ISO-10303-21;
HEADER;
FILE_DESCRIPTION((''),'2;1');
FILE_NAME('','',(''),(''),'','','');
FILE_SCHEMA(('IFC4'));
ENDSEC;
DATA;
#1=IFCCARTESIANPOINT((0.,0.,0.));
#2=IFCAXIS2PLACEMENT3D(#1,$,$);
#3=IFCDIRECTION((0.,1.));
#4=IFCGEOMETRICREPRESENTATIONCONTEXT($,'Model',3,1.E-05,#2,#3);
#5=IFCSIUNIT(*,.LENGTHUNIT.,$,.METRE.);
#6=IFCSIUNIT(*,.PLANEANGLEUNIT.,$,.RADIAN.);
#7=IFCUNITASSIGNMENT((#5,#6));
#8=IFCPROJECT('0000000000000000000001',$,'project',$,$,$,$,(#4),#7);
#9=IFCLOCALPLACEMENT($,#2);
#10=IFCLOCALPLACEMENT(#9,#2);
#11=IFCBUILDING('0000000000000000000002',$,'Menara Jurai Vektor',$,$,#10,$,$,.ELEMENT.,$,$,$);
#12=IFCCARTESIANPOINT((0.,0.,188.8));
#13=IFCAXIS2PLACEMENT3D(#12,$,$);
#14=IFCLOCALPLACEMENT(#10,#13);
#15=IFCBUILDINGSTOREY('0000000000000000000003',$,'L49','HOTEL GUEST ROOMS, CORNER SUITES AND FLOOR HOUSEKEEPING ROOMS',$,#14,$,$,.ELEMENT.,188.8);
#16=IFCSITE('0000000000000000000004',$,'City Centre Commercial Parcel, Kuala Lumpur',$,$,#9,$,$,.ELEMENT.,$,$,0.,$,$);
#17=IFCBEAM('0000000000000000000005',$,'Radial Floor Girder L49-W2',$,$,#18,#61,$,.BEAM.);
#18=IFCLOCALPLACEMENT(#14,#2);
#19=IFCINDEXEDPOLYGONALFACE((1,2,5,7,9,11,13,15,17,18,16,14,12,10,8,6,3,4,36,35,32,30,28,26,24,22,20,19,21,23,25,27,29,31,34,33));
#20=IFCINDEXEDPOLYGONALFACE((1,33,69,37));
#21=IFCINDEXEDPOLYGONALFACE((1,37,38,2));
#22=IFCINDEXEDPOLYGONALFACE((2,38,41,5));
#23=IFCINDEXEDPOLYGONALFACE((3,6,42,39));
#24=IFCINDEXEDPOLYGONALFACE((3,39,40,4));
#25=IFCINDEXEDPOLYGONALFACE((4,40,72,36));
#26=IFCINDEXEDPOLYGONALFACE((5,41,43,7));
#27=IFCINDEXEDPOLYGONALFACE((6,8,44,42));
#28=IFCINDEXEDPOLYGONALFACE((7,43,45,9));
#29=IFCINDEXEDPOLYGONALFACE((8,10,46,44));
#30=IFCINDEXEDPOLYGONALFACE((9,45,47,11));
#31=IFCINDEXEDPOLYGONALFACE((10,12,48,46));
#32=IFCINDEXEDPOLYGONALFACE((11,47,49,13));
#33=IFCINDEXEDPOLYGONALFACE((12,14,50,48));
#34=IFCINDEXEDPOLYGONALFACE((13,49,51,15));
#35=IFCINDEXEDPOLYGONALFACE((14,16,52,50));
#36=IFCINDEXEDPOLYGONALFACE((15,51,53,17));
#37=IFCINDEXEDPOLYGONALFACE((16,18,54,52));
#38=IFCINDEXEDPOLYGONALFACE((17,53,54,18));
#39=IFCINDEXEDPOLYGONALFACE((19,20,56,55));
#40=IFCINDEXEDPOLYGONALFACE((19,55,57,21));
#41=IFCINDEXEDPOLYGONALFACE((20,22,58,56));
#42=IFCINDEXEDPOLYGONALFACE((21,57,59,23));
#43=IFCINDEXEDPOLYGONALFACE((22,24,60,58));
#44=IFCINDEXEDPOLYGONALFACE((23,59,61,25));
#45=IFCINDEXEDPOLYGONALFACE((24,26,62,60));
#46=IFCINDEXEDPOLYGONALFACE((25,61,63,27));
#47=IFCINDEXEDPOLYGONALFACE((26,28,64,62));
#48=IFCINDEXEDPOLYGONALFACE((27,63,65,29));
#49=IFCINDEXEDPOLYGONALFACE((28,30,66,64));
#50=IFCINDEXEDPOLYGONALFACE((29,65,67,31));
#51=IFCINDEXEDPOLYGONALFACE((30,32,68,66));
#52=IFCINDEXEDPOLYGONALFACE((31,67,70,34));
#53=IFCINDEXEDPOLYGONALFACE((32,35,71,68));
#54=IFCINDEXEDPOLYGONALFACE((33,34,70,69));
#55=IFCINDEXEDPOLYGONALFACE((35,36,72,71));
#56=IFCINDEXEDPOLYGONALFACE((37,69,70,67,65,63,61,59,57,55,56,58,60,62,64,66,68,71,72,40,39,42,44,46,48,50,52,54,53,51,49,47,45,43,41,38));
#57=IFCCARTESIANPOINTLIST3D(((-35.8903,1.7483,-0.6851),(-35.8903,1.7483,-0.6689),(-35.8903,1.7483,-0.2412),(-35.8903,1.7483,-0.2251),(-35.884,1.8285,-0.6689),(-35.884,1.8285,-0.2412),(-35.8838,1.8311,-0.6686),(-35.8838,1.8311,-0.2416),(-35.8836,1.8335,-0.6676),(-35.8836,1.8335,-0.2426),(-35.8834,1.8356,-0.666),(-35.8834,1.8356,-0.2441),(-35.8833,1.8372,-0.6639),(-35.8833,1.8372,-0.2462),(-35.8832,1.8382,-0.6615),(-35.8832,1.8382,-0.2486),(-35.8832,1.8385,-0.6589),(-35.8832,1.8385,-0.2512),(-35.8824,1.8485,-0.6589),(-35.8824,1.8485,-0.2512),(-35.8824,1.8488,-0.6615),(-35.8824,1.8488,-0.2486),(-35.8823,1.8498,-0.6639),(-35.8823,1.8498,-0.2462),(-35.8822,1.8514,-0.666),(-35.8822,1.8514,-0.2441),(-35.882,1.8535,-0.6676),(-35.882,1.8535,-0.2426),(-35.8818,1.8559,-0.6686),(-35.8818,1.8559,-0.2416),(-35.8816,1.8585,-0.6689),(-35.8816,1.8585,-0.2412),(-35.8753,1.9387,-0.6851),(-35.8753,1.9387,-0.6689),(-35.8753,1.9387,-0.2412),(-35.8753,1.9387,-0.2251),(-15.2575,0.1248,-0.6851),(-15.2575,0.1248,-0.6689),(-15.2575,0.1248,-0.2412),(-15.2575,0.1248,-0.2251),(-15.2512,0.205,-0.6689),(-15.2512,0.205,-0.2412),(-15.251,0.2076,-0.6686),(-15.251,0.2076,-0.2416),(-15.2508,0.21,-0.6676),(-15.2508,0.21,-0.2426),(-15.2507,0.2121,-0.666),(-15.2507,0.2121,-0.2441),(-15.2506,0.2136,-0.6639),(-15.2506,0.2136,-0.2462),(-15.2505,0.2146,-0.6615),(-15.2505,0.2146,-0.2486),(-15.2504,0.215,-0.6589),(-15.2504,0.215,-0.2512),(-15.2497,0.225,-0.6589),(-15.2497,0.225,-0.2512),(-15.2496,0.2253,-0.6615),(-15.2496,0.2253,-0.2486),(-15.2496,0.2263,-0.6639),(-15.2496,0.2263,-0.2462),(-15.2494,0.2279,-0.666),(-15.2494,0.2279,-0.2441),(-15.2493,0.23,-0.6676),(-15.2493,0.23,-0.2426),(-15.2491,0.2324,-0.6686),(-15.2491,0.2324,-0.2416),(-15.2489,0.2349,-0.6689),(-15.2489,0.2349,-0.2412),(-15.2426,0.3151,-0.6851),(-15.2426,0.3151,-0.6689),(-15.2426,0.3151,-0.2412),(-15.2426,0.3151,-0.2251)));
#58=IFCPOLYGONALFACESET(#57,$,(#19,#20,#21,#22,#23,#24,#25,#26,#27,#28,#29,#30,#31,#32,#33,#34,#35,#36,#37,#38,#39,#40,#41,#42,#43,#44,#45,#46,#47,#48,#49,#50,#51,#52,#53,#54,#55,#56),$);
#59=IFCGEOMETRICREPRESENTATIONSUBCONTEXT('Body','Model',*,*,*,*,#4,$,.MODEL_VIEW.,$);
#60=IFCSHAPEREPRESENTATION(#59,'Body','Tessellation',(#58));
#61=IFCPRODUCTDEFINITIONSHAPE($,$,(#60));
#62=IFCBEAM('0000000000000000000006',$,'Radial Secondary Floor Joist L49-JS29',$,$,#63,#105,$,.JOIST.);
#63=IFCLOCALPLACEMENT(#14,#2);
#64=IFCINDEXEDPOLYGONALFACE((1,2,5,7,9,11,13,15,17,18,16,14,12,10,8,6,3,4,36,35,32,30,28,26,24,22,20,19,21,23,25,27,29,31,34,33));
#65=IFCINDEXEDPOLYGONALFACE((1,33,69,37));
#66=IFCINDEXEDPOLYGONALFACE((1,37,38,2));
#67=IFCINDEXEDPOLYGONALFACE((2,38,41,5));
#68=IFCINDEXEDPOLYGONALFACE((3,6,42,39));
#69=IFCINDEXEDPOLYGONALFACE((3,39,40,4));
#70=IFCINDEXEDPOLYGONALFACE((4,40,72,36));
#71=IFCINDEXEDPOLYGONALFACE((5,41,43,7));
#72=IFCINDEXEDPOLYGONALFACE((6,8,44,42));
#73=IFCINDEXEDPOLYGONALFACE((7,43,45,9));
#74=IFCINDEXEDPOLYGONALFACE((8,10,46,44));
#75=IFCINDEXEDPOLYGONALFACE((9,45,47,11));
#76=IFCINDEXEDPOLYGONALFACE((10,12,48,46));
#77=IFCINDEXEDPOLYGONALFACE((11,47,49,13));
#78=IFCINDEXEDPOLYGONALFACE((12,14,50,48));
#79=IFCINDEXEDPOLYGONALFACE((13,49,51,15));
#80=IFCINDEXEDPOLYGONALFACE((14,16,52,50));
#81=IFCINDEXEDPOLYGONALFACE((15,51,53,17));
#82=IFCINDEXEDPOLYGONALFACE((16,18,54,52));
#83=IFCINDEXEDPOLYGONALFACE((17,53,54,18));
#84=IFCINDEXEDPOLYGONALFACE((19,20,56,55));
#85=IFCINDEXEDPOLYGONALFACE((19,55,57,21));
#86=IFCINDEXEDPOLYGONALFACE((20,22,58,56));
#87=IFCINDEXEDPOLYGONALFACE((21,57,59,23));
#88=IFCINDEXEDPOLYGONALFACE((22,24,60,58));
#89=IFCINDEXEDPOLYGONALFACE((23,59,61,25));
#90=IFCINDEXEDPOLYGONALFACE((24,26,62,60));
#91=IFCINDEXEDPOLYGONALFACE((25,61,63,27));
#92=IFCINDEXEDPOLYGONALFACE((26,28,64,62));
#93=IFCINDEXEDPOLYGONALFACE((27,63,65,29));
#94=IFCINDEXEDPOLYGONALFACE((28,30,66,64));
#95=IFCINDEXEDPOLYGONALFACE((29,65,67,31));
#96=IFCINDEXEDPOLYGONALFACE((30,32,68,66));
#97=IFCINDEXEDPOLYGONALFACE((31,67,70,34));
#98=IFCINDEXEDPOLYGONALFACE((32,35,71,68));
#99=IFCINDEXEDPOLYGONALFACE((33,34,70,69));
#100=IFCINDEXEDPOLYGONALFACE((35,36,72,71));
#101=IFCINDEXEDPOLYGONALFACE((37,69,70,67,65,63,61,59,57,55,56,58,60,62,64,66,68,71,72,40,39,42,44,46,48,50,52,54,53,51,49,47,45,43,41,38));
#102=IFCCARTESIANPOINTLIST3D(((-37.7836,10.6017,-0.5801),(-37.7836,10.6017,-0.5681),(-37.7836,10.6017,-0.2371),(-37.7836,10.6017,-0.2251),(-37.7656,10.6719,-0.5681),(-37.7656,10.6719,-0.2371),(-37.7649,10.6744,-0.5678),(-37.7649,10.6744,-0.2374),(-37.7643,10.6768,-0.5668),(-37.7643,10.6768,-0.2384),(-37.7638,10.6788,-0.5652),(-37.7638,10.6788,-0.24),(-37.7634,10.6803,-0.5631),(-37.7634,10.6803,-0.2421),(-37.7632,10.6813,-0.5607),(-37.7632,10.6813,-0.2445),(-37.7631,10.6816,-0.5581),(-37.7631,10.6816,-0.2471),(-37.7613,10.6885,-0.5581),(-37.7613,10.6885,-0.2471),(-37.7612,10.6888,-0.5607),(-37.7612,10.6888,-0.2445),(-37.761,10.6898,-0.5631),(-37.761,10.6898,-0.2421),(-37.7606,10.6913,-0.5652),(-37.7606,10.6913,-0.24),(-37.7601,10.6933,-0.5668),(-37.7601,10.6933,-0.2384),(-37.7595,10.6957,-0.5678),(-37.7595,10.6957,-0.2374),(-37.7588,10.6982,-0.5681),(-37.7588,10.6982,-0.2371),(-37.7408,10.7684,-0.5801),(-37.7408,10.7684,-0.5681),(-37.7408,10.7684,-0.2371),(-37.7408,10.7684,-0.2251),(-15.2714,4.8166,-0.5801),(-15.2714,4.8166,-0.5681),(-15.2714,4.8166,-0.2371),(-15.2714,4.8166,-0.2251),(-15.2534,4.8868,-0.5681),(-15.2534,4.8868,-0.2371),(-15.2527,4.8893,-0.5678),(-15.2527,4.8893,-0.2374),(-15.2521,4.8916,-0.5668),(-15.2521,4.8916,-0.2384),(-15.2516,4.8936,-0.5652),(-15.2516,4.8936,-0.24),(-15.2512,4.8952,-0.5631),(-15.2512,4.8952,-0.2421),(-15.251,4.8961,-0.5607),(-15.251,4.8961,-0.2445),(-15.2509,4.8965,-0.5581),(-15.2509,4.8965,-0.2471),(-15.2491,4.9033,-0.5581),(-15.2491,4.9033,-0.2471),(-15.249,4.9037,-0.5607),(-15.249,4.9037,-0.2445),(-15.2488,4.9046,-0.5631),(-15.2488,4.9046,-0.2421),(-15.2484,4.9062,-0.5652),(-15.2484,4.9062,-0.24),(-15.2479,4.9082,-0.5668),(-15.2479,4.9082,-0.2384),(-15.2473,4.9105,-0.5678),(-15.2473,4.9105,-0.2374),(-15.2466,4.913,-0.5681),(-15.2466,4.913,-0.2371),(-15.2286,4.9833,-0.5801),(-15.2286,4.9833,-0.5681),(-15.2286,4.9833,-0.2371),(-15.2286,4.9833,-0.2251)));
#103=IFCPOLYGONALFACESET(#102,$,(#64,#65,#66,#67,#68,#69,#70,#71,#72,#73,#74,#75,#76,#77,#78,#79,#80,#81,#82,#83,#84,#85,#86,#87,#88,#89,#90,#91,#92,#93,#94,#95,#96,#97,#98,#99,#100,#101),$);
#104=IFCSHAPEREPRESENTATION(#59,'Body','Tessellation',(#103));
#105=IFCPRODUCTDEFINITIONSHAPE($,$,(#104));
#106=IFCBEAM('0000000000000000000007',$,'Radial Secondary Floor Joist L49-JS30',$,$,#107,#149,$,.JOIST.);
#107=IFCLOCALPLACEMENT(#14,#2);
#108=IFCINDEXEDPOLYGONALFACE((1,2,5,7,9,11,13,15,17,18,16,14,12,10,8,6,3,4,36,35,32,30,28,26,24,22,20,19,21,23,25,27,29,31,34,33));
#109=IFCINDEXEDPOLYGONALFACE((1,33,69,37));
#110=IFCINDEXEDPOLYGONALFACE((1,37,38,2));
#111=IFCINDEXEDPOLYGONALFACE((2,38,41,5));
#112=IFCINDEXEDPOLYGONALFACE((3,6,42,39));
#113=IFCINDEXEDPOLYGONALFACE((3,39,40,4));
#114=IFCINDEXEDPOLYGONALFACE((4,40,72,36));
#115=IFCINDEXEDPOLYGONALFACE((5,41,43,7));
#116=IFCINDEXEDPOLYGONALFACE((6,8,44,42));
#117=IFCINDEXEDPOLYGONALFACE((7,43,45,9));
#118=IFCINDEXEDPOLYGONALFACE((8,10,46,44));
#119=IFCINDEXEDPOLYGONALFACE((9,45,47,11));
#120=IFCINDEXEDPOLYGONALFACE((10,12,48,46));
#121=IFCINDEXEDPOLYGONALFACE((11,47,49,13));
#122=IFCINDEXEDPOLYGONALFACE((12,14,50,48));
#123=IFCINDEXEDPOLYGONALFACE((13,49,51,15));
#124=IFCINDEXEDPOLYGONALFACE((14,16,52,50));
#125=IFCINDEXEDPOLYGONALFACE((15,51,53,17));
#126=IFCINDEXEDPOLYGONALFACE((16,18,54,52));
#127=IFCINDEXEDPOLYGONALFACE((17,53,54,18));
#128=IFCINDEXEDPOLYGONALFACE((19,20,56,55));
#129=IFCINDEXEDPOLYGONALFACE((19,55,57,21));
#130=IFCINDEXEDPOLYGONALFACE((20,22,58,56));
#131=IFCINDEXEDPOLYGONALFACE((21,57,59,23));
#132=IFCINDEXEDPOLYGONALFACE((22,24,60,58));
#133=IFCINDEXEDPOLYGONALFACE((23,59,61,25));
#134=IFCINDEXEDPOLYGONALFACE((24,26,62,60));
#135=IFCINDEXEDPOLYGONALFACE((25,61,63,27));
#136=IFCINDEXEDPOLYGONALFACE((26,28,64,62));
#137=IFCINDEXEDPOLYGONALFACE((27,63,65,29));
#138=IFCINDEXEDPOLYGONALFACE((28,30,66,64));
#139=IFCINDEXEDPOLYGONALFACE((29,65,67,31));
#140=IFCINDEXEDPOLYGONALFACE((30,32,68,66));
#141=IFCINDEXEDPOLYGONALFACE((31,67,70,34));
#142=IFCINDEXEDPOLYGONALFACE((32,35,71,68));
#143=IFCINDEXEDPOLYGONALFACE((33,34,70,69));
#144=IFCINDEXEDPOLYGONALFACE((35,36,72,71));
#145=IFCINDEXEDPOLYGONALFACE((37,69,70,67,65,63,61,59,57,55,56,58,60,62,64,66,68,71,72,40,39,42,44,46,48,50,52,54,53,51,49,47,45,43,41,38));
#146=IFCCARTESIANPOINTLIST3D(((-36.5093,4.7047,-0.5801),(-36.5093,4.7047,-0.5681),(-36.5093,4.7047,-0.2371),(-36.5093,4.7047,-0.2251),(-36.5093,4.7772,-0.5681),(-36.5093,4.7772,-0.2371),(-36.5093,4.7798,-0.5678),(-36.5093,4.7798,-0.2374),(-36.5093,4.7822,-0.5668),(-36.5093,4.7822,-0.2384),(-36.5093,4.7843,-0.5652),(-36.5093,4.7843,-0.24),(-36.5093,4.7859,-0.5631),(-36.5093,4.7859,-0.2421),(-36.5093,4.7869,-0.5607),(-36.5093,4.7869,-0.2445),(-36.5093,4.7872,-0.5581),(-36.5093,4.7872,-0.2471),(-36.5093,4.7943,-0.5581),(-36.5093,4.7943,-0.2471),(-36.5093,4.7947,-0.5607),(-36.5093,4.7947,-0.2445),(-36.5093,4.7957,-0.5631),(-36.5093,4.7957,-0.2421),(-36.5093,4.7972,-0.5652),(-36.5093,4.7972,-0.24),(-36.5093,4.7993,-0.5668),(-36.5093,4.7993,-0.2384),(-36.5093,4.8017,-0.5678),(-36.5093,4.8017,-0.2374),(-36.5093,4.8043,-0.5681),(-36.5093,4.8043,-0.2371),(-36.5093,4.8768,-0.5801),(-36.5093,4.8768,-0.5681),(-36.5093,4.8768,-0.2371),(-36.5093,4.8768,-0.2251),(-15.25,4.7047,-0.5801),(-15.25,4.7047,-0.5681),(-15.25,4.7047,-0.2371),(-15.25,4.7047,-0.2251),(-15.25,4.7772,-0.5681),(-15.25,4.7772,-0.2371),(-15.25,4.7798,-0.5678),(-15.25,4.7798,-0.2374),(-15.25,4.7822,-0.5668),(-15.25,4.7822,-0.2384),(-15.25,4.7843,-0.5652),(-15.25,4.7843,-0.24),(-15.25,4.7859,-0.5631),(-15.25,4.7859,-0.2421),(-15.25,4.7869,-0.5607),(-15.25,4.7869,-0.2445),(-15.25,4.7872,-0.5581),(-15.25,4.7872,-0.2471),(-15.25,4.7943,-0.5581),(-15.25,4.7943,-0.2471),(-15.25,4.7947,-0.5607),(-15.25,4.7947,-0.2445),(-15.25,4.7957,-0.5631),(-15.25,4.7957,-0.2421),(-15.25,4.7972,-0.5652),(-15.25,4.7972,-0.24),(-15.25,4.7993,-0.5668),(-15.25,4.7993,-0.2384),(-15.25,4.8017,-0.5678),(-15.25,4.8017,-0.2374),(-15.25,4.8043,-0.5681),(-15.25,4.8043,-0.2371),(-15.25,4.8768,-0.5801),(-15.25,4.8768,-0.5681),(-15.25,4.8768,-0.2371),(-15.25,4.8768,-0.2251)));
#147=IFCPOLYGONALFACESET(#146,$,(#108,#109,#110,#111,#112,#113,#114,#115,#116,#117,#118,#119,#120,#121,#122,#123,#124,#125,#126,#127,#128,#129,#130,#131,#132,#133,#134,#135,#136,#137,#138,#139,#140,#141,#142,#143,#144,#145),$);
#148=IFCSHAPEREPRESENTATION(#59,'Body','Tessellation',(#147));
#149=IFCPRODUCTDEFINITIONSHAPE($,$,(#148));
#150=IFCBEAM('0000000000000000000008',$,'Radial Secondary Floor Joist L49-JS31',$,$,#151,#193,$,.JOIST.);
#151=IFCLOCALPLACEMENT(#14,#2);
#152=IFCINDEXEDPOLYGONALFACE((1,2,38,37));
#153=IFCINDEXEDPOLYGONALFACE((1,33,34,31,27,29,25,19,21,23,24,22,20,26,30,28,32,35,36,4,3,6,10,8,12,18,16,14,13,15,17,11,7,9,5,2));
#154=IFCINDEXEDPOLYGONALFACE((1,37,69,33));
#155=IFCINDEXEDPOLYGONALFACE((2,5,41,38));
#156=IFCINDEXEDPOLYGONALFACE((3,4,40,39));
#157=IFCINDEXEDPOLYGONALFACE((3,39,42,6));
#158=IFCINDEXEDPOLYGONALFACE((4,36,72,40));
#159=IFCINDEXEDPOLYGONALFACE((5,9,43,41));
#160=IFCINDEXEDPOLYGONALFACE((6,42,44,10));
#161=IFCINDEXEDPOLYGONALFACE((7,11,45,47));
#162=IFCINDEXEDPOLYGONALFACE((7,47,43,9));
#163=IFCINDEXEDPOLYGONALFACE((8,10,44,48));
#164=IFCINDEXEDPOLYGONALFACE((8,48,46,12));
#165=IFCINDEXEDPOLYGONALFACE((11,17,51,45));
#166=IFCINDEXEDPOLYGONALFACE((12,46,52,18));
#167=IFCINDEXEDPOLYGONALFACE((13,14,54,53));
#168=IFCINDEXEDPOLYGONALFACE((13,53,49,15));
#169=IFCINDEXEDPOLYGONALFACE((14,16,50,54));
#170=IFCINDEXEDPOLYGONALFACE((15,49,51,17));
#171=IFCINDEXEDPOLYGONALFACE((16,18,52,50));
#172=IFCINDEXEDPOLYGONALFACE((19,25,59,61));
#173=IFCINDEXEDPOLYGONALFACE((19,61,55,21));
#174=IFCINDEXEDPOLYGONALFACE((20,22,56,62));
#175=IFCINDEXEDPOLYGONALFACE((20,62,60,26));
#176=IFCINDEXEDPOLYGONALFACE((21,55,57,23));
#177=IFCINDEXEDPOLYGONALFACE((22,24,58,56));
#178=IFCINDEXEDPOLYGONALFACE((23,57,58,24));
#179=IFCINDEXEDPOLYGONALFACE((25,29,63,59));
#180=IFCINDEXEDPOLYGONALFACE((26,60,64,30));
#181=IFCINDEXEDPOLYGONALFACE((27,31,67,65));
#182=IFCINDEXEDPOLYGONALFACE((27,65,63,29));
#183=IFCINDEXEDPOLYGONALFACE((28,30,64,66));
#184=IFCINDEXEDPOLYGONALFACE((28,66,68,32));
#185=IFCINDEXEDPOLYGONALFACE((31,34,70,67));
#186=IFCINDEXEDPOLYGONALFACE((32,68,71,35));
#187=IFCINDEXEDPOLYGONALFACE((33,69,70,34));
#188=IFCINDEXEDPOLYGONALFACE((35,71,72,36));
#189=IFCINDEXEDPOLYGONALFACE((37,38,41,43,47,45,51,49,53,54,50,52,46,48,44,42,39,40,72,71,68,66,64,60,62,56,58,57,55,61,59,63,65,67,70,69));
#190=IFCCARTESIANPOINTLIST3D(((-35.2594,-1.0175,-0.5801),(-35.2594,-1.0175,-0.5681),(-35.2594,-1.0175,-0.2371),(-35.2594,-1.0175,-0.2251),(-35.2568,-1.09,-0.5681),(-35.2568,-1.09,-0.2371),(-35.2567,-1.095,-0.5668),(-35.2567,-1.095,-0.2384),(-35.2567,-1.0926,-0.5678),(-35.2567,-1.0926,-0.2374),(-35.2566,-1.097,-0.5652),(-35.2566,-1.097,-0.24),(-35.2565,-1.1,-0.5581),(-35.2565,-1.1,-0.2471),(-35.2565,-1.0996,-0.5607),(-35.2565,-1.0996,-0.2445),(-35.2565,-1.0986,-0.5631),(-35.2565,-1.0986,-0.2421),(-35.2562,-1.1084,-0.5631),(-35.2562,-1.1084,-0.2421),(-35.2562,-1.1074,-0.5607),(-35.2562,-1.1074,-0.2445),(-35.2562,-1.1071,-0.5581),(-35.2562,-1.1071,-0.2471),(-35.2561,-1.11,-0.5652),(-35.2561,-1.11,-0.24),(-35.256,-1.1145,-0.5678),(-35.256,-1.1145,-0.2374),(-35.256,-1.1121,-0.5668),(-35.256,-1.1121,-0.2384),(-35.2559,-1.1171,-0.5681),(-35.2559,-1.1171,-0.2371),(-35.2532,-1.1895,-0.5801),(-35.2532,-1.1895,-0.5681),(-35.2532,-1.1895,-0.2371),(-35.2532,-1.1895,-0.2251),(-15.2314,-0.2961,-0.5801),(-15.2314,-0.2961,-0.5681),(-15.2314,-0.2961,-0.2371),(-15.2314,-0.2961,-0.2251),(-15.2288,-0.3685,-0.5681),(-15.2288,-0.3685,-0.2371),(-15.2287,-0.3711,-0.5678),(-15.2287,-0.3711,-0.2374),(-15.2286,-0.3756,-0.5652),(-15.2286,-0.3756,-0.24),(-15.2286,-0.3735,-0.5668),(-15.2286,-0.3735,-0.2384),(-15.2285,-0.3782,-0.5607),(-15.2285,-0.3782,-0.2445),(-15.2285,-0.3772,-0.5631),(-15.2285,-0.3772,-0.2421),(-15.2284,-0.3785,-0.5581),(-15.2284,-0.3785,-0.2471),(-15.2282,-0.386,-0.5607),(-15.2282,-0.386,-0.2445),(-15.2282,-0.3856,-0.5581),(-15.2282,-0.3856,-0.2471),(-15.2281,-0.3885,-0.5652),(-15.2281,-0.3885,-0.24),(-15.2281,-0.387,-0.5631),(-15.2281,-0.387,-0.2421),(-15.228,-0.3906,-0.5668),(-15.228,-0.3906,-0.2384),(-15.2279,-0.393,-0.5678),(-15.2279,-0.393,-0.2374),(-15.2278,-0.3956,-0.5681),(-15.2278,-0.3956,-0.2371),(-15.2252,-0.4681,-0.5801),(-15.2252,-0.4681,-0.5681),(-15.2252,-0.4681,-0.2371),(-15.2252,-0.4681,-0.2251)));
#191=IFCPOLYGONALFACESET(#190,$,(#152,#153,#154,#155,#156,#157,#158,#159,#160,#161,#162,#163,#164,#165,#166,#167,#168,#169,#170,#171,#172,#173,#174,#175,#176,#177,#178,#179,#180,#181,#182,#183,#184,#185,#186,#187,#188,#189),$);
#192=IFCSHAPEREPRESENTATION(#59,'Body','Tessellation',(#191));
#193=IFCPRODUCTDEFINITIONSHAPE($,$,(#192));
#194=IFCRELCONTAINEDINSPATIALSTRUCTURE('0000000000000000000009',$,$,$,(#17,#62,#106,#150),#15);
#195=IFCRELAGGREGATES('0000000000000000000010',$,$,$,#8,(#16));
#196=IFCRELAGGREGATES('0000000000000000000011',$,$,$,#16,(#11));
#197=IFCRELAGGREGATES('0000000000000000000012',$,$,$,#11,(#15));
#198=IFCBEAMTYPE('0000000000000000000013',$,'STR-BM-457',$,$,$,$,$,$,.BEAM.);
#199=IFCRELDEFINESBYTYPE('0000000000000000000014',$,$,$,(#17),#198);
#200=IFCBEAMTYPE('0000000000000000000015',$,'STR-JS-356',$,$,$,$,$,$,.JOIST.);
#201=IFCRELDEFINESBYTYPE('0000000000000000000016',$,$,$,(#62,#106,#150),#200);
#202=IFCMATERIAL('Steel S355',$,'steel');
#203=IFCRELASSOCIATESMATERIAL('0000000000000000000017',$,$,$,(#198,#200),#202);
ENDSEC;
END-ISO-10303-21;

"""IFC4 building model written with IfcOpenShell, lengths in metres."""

from ifc_helpers import new_model, si_unit, direction, frame, origin, origin_2d, place, context, subcontext, project, spatial, i_section, extrude, material, material_profile, profile_set, type_object, element, save


model = new_model("IFC4")

# Units and contexts
model_context = context("Model", 3, precision=1e-05, world=origin(), true_north=direction((0.0, 1.0)))
body_context = subcontext(model_context, "Body", "Model", "MODEL_VIEW")
ifc_project = project(units=[si_unit("LENGTHUNIT", "METRE"), si_unit("PLANEANGLEUNIT", "RADIAN")], contexts=[model_context])

# Site, building, storey
site_placement = place(None, origin())
site = spatial("IfcSite", under=ifc_project, at=site_placement, Name="City Centre Commercial Parcel, Kuala Lumpur", CompositionType="ELEMENT", RefElevation=0.0)
building_placement = place(site_placement, origin())
building = spatial("IfcBuilding", under=site, at=building_placement, Name="Menara Jurai Vektor", CompositionType="ELEMENT")
storey_placement = place(building_placement, frame((0.0, 0.0, 188.8)))
storey = spatial("IfcBuildingStorey", under=building, at=storey_placement, Name="L49", Description="HOTEL GUEST ROOMS, CORNER SUITES AND FLOOR HOUSEKEEPING ROOMS", CompositionType="ELEMENT", Elevation=188.8)

# Beams
ifc_material_1 = material(Name="Steel S355", Category="steel")
ifc_material_profile_1 = material_profile(ifc_material_1, i_section(OverallWidth=0.1909, OverallDepth=0.46, WebThickness=0.01, FlangeThickness=0.0161, FilletRadius=0.01, at=origin_2d()), Name="UKB 457x191x82")
ifc_profile_set_1 = profile_set([ifc_material_profile_1], Name="Steel S355")
beam_type_1 = type_object("IfcBeamType", Name="STR-BM-457", PredefinedType="BEAM", material=ifc_profile_set_1)
beam_1_placement = place(storey_placement, frame((-35.8828, 1.8435, -0.4551), z_axis=(0.996918, -0.078445, 0.0), x_axis=(0.078445, 0.996918, 0.0)))
element("IfcBeam", 1, at=beam_1_placement, inside=storey, type_object=beam_type_1, Name="Radial Floor Girder L49-W2", PredefinedType="BEAM", context=body_context, shape_type="SweptSolid", body=[
    extrude(i_section(OverallWidth=0.1909, OverallDepth=0.46, WebThickness=0.01, FlangeThickness=0.0161, FilletRadius=0.01, at=origin_2d()), origin(), (0.0, 0.0, 1.0), 20.6965),
])
ifc_material_profile_2 = material_profile(ifc_material_1, i_section(OverallWidth=0.1721, OverallDepth=0.355, WebThickness=0.0071, FlangeThickness=0.012, FilletRadius=0.01, at=origin_2d()), Name="UKB 356x171x51")
ifc_profile_set_2 = profile_set([ifc_material_profile_2], Name="Steel S355")
beam_type_2 = type_object("IfcBeamType", Name="STR-JS-356", PredefinedType="JOIST", material=ifc_profile_set_2)
beam_2_placement = place(storey_placement, frame((-37.7622, 10.6851, -0.4026), z_axis=(0.968531, -0.248892, 0.0), x_axis=(0.248892, 0.968531, 0.0)))
element("IfcBeam", 2, at=beam_2_placement, inside=storey, type_object=beam_type_2, Name="Radial Secondary Floor Joist L49-JS29", PredefinedType="JOIST", context=body_context, shape_type="SweptSolid", body=[
    extrude(i_section(OverallWidth=0.1721, OverallDepth=0.355, WebThickness=0.0071, FlangeThickness=0.012, FilletRadius=0.01, at=origin_2d()), origin(), (0.0, 0.0, 1.0), 23.2437),
])
beam_3_placement = place(storey_placement, frame((-36.5093, 4.7908, -0.4026), z_axis=(1.0, 0.0, 0.0), x_axis=(0.0, 1.0, 0.0)))
element("IfcBeam", 3, at=beam_3_placement, inside=storey, type_object=beam_type_2, Name="Radial Secondary Floor Joist L49-JS30", PredefinedType="JOIST", context=body_context, shape_type="SweptSolid", body=[
    extrude(i_section(OverallWidth=0.1721, OverallDepth=0.355, WebThickness=0.0071, FlangeThickness=0.012, FilletRadius=0.01, at=origin_2d()), origin(), (0.0, 0.0, 1.0), 21.2593),
])
beam_4_placement = place(storey_placement, frame((-35.2563, -1.1035, -0.4026), z_axis=(0.999352, 0.035998, 0.0), x_axis=(-0.035998, 0.999352, 0.0)))
element("IfcBeam", 4, at=beam_4_placement, inside=storey, type_object=beam_type_2, Name="Radial Secondary Floor Joist L49-JS31", PredefinedType="JOIST", context=body_context, shape_type="SweptSolid", body=[
    extrude(i_section(OverallWidth=0.1721, OverallDepth=0.355, WebThickness=0.0071, FlangeThickness=0.012, FilletRadius=0.01, at=origin_2d()), origin(), (0.0, 0.0, 1.0), 20.041),
])

save(model, "model.ifc")
